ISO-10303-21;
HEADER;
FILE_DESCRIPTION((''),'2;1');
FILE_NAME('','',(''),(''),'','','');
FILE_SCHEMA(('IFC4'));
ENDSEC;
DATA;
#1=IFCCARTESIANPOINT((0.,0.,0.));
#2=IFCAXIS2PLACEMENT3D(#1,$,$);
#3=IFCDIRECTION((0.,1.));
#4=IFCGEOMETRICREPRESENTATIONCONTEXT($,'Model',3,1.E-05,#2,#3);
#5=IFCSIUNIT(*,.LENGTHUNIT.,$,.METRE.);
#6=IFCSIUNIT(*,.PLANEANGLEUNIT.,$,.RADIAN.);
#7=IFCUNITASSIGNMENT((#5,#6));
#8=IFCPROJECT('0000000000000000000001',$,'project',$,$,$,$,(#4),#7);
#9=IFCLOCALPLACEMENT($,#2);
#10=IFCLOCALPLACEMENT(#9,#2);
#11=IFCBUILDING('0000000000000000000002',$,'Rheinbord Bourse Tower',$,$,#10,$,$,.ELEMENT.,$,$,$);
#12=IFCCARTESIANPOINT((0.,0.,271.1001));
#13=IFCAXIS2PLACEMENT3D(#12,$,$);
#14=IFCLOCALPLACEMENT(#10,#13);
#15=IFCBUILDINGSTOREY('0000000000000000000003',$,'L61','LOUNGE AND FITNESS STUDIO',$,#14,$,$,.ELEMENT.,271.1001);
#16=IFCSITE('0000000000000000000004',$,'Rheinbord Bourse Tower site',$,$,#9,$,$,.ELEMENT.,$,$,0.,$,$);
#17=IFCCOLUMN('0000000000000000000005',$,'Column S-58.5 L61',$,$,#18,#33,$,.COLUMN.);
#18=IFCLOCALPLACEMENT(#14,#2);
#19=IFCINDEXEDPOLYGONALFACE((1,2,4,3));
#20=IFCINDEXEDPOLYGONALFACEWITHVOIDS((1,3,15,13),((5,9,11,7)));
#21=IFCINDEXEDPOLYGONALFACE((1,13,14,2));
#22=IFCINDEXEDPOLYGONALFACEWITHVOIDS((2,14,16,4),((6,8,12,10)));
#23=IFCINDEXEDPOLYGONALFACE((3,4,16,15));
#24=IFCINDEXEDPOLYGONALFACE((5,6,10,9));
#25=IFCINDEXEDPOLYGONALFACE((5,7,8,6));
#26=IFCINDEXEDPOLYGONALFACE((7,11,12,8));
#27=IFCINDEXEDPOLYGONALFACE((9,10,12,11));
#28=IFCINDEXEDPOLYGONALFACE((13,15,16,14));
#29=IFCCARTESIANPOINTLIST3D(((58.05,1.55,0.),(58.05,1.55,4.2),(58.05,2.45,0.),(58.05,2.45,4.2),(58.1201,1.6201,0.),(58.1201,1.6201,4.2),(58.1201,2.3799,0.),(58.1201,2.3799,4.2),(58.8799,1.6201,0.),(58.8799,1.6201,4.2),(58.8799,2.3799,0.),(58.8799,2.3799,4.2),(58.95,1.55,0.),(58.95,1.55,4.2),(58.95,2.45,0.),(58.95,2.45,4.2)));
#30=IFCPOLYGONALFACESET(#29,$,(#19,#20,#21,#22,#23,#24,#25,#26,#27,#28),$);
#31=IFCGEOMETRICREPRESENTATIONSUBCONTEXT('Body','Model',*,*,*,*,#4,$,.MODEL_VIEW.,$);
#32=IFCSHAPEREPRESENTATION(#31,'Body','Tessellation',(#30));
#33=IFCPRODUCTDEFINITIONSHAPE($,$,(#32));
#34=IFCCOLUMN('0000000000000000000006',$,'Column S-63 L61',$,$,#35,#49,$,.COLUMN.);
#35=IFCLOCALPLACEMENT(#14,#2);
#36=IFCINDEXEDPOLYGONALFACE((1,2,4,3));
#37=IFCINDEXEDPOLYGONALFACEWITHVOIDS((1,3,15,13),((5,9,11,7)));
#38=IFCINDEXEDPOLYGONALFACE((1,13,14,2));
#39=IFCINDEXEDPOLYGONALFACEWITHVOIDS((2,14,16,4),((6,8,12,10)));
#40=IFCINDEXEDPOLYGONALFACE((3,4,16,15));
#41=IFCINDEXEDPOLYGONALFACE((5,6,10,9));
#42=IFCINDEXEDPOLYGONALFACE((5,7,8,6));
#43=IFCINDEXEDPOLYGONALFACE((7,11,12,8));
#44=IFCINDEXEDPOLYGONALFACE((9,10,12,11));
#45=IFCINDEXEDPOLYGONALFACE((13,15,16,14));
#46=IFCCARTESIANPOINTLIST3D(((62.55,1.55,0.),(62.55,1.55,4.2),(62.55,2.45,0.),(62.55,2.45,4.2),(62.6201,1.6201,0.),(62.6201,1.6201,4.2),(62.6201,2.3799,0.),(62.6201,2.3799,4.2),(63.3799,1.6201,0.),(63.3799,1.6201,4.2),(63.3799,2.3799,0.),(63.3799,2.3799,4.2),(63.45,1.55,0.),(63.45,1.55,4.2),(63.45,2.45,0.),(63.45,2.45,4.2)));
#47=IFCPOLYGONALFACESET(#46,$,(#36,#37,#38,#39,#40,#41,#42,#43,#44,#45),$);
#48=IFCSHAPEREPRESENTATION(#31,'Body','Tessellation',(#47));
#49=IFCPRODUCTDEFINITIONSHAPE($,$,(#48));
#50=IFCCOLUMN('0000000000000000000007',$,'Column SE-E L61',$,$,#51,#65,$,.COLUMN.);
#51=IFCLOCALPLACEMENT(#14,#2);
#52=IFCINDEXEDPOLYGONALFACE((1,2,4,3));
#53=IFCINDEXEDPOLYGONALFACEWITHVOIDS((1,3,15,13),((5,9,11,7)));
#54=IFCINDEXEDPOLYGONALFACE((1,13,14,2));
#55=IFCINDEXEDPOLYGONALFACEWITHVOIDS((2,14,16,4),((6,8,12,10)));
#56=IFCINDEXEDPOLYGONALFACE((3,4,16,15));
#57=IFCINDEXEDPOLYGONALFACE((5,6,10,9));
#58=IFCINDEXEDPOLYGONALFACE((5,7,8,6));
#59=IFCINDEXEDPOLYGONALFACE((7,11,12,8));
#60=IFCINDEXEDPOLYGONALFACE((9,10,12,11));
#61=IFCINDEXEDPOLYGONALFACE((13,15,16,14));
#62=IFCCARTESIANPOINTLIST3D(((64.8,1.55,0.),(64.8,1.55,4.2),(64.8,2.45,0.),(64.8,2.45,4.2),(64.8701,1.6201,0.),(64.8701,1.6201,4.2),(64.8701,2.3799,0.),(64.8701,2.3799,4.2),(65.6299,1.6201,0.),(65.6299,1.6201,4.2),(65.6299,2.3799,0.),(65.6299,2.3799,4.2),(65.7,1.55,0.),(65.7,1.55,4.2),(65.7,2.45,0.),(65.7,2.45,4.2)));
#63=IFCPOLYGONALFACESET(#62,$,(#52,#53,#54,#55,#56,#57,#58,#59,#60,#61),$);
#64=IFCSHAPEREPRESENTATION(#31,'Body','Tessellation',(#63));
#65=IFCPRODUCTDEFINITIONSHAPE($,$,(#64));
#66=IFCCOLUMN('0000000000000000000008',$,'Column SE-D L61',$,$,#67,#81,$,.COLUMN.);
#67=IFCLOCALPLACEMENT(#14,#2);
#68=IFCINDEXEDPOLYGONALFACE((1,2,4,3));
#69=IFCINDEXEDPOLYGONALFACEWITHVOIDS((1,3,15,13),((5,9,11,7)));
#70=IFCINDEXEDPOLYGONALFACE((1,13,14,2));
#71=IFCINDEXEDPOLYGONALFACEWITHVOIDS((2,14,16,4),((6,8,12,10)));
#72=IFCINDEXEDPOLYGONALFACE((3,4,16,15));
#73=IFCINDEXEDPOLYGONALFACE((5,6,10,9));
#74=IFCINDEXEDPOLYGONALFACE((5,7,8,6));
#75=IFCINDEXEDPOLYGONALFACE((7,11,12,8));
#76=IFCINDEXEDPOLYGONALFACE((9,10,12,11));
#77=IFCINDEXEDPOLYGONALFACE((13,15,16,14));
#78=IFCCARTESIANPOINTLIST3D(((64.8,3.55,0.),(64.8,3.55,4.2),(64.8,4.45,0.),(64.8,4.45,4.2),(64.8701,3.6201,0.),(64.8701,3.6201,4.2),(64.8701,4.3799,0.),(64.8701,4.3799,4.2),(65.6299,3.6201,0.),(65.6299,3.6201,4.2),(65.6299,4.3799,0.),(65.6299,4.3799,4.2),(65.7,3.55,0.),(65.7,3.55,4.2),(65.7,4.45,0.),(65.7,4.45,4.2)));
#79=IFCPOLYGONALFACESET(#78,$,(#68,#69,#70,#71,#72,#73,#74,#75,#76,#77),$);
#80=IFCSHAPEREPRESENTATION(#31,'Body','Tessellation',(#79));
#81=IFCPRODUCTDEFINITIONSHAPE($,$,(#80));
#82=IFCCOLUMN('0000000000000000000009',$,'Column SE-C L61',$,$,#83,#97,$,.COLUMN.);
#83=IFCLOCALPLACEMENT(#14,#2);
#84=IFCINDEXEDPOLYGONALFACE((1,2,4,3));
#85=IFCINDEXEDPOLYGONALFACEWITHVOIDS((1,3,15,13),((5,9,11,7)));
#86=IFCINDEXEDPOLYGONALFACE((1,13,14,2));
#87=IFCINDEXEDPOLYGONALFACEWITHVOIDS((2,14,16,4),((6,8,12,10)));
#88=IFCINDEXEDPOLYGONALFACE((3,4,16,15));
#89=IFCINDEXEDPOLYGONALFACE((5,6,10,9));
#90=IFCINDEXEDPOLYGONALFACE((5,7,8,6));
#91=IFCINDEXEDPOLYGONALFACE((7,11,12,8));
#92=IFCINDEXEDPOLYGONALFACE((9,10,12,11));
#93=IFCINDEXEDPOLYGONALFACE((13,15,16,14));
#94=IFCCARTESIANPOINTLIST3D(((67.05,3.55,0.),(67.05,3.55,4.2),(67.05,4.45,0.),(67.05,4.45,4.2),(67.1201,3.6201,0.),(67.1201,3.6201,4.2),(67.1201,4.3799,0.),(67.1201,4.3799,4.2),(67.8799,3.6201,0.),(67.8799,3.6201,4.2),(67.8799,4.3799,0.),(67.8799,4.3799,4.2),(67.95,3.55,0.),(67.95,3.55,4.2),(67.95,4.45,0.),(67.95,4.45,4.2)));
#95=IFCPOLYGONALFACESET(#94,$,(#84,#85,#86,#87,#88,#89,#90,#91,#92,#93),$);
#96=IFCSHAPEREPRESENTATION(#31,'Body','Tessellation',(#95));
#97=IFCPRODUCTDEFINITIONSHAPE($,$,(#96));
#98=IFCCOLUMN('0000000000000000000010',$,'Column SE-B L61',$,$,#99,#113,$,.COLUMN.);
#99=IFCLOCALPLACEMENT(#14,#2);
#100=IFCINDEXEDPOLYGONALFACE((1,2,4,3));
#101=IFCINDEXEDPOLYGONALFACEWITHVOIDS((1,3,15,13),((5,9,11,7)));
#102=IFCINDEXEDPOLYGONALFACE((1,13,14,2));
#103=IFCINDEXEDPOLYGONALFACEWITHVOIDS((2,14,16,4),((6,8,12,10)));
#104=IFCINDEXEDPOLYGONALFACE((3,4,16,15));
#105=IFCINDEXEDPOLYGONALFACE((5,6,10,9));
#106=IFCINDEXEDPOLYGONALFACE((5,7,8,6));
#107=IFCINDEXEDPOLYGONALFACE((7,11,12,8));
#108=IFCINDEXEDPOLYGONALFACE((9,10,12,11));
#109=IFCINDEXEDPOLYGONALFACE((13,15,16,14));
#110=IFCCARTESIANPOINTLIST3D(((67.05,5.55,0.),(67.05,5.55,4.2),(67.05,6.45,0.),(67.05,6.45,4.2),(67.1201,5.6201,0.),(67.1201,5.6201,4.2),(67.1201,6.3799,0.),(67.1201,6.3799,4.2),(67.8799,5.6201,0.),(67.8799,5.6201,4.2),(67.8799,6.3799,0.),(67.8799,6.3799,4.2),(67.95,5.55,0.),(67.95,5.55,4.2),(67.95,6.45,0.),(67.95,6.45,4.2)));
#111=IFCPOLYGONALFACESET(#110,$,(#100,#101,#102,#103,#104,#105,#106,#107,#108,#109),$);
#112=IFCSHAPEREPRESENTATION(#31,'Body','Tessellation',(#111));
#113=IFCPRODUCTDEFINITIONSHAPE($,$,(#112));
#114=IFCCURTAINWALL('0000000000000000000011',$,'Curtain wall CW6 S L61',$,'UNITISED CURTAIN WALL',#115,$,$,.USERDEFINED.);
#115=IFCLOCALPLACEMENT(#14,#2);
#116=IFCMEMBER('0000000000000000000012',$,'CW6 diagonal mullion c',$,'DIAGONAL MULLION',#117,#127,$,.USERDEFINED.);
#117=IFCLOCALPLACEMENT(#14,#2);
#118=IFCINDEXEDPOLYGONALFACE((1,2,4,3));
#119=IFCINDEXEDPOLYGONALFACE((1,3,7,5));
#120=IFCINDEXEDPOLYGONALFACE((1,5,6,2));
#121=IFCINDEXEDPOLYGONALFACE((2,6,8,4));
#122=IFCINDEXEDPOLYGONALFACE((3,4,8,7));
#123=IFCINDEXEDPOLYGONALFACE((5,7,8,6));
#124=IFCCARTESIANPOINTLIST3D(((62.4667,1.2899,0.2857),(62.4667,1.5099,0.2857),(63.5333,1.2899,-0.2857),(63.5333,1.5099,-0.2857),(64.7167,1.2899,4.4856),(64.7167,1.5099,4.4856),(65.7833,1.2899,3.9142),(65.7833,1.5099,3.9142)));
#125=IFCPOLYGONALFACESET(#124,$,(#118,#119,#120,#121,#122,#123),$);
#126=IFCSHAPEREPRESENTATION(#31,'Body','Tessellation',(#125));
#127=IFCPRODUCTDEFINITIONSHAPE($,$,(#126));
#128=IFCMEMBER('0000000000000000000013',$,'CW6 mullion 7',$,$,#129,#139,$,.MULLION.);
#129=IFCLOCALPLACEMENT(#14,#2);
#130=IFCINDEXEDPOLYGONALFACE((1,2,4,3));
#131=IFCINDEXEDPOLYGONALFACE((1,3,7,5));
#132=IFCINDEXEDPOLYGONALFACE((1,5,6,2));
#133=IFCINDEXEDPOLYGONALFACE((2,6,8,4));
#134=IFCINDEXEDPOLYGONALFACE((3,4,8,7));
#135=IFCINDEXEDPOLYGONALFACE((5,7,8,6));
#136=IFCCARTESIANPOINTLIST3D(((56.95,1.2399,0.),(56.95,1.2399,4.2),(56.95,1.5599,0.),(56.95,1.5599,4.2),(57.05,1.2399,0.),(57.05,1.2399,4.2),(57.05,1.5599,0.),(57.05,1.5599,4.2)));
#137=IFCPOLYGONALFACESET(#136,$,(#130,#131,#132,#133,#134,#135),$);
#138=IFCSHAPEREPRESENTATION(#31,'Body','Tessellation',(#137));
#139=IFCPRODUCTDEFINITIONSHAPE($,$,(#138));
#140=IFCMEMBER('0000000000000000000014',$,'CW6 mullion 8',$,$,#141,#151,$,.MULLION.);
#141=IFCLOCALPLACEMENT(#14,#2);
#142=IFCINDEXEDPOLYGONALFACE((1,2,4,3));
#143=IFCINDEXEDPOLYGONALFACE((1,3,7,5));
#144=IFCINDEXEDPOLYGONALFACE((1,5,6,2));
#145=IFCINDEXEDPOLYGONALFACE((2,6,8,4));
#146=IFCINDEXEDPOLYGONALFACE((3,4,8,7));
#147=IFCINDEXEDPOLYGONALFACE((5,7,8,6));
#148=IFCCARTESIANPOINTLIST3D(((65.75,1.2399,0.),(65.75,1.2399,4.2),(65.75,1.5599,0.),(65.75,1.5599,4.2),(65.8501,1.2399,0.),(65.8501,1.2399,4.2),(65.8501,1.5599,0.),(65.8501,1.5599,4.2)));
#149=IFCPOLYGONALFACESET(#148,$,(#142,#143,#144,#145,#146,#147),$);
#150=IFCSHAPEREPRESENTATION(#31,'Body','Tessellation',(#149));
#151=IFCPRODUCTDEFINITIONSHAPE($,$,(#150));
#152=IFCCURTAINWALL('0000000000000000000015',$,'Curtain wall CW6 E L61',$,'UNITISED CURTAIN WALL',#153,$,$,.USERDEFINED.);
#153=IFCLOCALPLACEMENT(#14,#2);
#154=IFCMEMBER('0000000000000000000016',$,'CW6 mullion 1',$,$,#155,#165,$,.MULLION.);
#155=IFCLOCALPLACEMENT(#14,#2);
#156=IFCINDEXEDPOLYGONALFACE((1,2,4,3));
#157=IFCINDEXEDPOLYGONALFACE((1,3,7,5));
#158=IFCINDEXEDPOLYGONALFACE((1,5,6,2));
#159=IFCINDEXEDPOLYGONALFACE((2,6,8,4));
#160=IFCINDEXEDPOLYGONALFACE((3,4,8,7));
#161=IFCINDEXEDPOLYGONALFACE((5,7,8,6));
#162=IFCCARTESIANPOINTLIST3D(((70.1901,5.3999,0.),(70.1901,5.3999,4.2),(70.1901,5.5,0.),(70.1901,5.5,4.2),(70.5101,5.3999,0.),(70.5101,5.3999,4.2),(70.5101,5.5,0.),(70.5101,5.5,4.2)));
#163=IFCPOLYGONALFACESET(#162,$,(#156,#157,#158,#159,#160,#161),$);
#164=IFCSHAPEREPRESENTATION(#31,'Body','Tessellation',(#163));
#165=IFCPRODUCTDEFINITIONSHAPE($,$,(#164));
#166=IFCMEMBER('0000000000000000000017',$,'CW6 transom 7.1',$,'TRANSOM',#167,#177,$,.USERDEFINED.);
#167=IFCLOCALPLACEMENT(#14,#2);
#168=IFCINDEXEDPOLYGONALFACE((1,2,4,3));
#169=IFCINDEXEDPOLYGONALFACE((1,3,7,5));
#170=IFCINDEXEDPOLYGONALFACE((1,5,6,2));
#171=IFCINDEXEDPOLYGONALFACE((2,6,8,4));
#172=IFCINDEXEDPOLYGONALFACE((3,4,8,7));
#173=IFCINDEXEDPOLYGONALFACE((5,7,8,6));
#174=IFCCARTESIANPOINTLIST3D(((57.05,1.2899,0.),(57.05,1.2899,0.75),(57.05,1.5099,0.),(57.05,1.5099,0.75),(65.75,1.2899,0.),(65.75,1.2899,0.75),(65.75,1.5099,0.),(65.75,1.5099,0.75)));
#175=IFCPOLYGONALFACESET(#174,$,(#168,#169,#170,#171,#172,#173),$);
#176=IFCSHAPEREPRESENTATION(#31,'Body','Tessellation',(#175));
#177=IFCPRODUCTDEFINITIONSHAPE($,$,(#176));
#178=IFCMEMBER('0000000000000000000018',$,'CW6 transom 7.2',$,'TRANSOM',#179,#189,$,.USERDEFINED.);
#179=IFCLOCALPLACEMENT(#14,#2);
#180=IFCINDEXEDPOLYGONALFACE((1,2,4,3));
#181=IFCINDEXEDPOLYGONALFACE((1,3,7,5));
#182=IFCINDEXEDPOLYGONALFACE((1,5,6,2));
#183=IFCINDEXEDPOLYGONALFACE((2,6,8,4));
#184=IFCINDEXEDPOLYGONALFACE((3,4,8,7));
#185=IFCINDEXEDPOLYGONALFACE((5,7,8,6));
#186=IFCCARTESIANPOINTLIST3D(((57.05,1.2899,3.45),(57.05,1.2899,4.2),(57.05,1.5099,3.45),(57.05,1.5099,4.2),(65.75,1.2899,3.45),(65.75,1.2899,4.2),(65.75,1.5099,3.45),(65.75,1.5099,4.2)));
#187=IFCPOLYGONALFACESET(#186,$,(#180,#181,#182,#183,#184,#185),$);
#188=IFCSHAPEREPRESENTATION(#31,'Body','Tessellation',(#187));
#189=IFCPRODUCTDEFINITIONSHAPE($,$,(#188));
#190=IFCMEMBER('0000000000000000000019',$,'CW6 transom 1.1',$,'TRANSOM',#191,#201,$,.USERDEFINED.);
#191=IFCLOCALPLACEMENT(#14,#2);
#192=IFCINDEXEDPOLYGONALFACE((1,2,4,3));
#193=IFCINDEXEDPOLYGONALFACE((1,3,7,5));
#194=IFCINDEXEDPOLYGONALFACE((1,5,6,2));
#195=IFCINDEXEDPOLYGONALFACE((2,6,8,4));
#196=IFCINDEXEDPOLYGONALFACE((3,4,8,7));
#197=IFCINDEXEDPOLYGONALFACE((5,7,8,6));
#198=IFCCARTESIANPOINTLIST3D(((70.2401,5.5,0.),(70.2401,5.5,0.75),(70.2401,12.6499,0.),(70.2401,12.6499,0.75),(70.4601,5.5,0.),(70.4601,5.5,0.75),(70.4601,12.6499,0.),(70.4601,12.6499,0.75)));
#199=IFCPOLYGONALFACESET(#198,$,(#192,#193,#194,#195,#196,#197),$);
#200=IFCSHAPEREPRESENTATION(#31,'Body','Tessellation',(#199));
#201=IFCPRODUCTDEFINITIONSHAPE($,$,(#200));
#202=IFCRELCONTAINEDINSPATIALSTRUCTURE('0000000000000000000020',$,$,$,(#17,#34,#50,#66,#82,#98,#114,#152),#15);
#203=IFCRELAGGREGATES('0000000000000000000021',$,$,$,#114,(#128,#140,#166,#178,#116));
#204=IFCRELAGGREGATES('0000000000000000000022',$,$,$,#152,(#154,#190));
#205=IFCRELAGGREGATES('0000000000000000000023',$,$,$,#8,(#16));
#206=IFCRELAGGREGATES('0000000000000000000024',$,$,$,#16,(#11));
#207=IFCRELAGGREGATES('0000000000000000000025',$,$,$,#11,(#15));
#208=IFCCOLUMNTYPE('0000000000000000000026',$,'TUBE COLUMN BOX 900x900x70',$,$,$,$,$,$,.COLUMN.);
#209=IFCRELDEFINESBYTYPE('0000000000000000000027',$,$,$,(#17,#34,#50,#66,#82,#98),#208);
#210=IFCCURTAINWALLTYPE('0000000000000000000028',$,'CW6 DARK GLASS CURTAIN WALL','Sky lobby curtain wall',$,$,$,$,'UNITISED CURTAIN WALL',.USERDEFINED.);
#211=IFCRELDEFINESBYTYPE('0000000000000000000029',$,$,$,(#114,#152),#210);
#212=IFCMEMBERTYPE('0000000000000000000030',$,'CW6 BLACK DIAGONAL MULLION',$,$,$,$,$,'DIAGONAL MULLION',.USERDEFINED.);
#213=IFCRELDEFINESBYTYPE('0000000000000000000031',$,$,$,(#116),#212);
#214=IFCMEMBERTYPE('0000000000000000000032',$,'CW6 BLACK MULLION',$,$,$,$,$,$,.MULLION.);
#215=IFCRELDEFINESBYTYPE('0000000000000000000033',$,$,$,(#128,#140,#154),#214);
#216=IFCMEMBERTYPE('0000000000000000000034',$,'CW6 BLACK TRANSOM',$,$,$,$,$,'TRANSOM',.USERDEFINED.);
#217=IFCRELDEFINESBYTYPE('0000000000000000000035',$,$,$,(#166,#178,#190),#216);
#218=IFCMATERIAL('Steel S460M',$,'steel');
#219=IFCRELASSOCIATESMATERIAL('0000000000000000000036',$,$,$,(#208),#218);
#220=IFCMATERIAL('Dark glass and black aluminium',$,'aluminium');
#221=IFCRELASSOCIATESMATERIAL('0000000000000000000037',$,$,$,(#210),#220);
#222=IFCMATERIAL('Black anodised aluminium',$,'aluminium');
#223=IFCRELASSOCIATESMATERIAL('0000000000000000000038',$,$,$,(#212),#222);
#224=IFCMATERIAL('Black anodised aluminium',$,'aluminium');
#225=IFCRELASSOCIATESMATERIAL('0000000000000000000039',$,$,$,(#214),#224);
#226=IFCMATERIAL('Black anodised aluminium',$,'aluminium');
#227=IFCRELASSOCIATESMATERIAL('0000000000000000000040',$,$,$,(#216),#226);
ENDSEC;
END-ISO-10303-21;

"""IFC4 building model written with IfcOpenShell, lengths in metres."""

from ifc_helpers import new_model, si_unit, direction, frame, origin, origin_2d, place, context, subcontext, project, spatial, rectangle, hollow_rectangle, extrude, material, material_profile, profile_set, type_object, element, aggregate, save


model = new_model("IFC4")

# Units and contexts
model_context = context("Model", 3, precision=1e-05, world=origin(), true_north=direction((0.0, 1.0)))
body_context = subcontext(model_context, "Body", "Model", "MODEL_VIEW")
ifc_project = project(units=[si_unit("LENGTHUNIT", "METRE"), si_unit("PLANEANGLEUNIT", "RADIAN")], contexts=[model_context])

# Site, building, storey
site_placement = place(None, origin())
site = spatial("IfcSite", under=ifc_project, at=site_placement, Name="Rheinbord Bourse Tower site", CompositionType="ELEMENT", RefElevation=0.0)
building_placement = place(site_placement, origin())
building = spatial("IfcBuilding", under=site, at=building_placement, Name="Rheinbord Bourse Tower", CompositionType="ELEMENT")
storey_placement = place(building_placement, frame((0.0, 0.0, 271.1001)))
storey = spatial("IfcBuildingStorey", under=building, at=storey_placement, Name="L61", Description="LOUNGE AND FITNESS STUDIO", CompositionType="ELEMENT", Elevation=271.1001)

# Columns
ifc_material_1 = material(Name="Steel S460M", Category="steel")
ifc_material_profile_1 = material_profile(ifc_material_1, hollow_rectangle(XDim=0.8999, YDim=0.8999, WallThickness=0.0701, at=origin_2d()), Name="BOX 900x900x70")
ifc_profile_set_1 = profile_set([ifc_material_profile_1], Name="Steel S460M")
column_type = type_object("IfcColumnType", Name="TUBE COLUMN BOX 900x900x70", PredefinedType="COLUMN", material=ifc_profile_set_1)
for number, where, z_axis, x_axis, name in (
    (1, (58.5, 2.0, 0.0), (0.0, 0.0, 1.0), (0.0, 1.0, 0.0), "Column S-58.5 L61"),
    (2, (63.0, 2.0, 0.0), (0.0, 0.0, 1.0), (0.0, 1.0, 0.0), "Column S-63 L61"),
    (3, (65.25, 2.0, 0.0), (0.0, 0.0, 1.0), (0.0, 1.0, 0.0), "Column SE-E L61"),
    (4, (65.25, 4.0, 0.0), (0.0, 0.0, 1.0), (0.0, 1.0, 0.0), "Column SE-D L61"),
    (5, (67.5, 4.0, 0.0), (0.0, 0.0, 1.0), (1.0, 0.0, 0.0), "Column SE-C L61"),
    (6, (67.5, 6.0, 0.0), (0.0, 0.0, 1.0), (1.0, 0.0, 0.0), "Column SE-B L61"),
):
    element("IfcColumn", number, at=place(storey_placement, frame(where, z_axis=z_axis, x_axis=x_axis)), inside=storey, type_object=column_type, Name=name, PredefinedType="COLUMN", context=body_context, shape_type="SweptSolid", body=[
        extrude(hollow_rectangle(XDim=0.8999, YDim=0.8999, WallThickness=0.0701, at=origin_2d()), origin(), (0.0, 0.0, 1.0), 4.2),
    ])

# Curtain wall, members
ifc_material_2 = material(Name="Dark glass and black aluminium", Category="aluminium")
curtain_wall_type = type_object("IfcCurtainWallType", Name="CW6 DARK GLASS CURTAIN WALL", Description="Sky lobby curtain wall", ElementType="UNITISED CURTAIN WALL", PredefinedType="USERDEFINED", material=ifc_material_2)
curtain_wall_1_placement = place(storey_placement, origin())
curtain_wall_1 = element("IfcCurtainWall", 7, at=curtain_wall_1_placement, inside=storey, type_object=curtain_wall_type, Name="Curtain wall CW6 S L61", ObjectType="UNITISED CURTAIN WALL", PredefinedType="USERDEFINED")
ifc_material_3 = material(Name="Black anodised aluminium", Category="aluminium")
ifc_material_profile_2 = material_profile(ifc_material_3, rectangle(XDim=0.22, YDim=1.21, at=origin_2d()), Name="CW6 DIAGONAL MULLION 1210x220")
ifc_profile_set_2 = profile_set([ifc_material_profile_2], Name="Black anodised aluminium")
member_type_1 = type_object("IfcMemberType", Name="CW6 BLACK DIAGONAL MULLION", ElementType="DIAGONAL MULLION", PredefinedType="USERDEFINED", material=ifc_profile_set_2)
member_1_placement = place(storey_placement, frame((63.0, 1.3999, 0.0), z_axis=(0.472226, 0.0, 0.881478), x_axis=(0.0, 1.0, 0.0)))
member_1 = element("IfcMember", 8, at=member_1_placement, type_object=member_type_1, Name="CW6 diagonal mullion c", ObjectType="DIAGONAL MULLION", PredefinedType="USERDEFINED", context=body_context, shape_type="SweptSolid", body=[
    extrude(rectangle(XDim=0.22, YDim=1.21, at=origin_2d()), origin(), (0.0, 0.0, 1.0), 4.7646),
])
ifc_material_4 = material(Name="Black anodised aluminium", Category="aluminium")
ifc_material_profile_3 = material_profile(ifc_material_4, rectangle(XDim=0.3201, YDim=0.1001, at=origin_2d()), Name="CW6 MULLION 100x320")
ifc_profile_set_3 = profile_set([ifc_material_profile_3], Name="Black anodised aluminium")
member_type_2 = type_object("IfcMemberType", Name="CW6 BLACK MULLION", PredefinedType="MULLION", material=ifc_profile_set_3)
member_2_placement = place(storey_placement, frame((57.0, 1.3999, 0.0), z_axis=(0.0, 0.0, 1.0), x_axis=(0.0, 1.0, 0.0)))
member_2 = element("IfcMember", 9, at=member_2_placement, type_object=member_type_2, Name="CW6 mullion 7", PredefinedType="MULLION", context=body_context, shape_type="SweptSolid", body=[
    extrude(rectangle(XDim=0.3201, YDim=0.1001, at=origin_2d()), origin(), (0.0, 0.0, 1.0), 4.2),
])
member_3_placement = place(storey_placement, frame((65.8, 1.3999, 0.0), z_axis=(0.0, 0.0, 1.0), x_axis=(0.0, 1.0, 0.0)))
member_3 = element("IfcMember", 10, at=member_3_placement, type_object=member_type_2, Name="CW6 mullion 8", PredefinedType="MULLION", context=body_context, shape_type="SweptSolid", body=[
    extrude(rectangle(XDim=0.3201, YDim=0.1001, at=origin_2d()), origin(), (0.0, 0.0, 1.0), 4.2),
])

# Curtain wall, member
curtain_wall_2_placement = place(storey_placement, origin())
curtain_wall_2 = element("IfcCurtainWall", 11, at=curtain_wall_2_placement, inside=storey, type_object=curtain_wall_type, Name="Curtain wall CW6 E L61", ObjectType="UNITISED CURTAIN WALL", PredefinedType="USERDEFINED")
member_4_placement = place(storey_placement, frame((70.3501, 5.45, 0.0), z_axis=(0.0, 0.0, 1.0), x_axis=(-1.0, 0.0, 0.0)))
member_4 = element("IfcMember", 12, at=member_4_placement, type_object=member_type_2, Name="CW6 mullion 1", PredefinedType="MULLION", context=body_context, shape_type="SweptSolid", body=[
    extrude(rectangle(XDim=0.3201, YDim=0.1001, at=origin_2d()), origin(), (0.0, 0.0, 1.0), 4.2),
])

# Members
ifc_material_5 = material(Name="Black anodised aluminium", Category="aluminium")
ifc_material_profile_4 = material_profile(ifc_material_5, rectangle(XDim=0.22, YDim=0.75, at=origin_2d()), Name="CW6 TRANSOM 750x220")
ifc_profile_set_4 = profile_set([ifc_material_profile_4], Name="Black anodised aluminium")
member_type_3 = type_object("IfcMemberType", Name="CW6 BLACK TRANSOM", ElementType="TRANSOM", PredefinedType="USERDEFINED", material=ifc_profile_set_4)
member_5_placement = place(storey_placement, frame((57.05, 1.3999, 0.375), z_axis=(1.0, 0.0, 0.0), x_axis=(0.0, 1.0, 0.0)))
member_5 = element("IfcMember", 13, at=member_5_placement, type_object=member_type_3, Name="CW6 transom 7.1", ObjectType="TRANSOM", PredefinedType="USERDEFINED", context=body_context, shape_type="SweptSolid", body=[
    extrude(rectangle(XDim=0.22, YDim=0.75, at=origin_2d()), origin(), (0.0, 0.0, 1.0), 8.7),
])
member_6_placement = place(storey_placement, frame((57.05, 1.3999, 3.825), z_axis=(1.0, 0.0, 0.0), x_axis=(0.0, 1.0, 0.0)))
member_6 = element("IfcMember", 14, at=member_6_placement, type_object=member_type_3, Name="CW6 transom 7.2", ObjectType="TRANSOM", PredefinedType="USERDEFINED", context=body_context, shape_type="SweptSolid", body=[
    extrude(rectangle(XDim=0.22, YDim=0.75, at=origin_2d()), origin(), (0.0, 0.0, 1.0), 8.7),
])
member_7_placement = place(storey_placement, frame((70.3501, 5.5, 0.375), z_axis=(0.0, 1.0, 0.0), x_axis=(-1.0, 0.0, 0.0)))
member_7 = element("IfcMember", 15, at=member_7_placement, type_object=member_type_3, Name="CW6 transom 1.1", ObjectType="TRANSOM", PredefinedType="USERDEFINED", context=body_context, shape_type="SweptSolid", body=[
    extrude(rectangle(XDim=0.22, YDim=0.75, at=origin_2d()), origin(), (0.0, 0.0, 1.0), 7.1499),
])

aggregate(curtain_wall_1, [member_2, member_3, member_5, member_6, member_1])
aggregate(curtain_wall_2, [member_4, member_7])

save(model, "model.ifc")
